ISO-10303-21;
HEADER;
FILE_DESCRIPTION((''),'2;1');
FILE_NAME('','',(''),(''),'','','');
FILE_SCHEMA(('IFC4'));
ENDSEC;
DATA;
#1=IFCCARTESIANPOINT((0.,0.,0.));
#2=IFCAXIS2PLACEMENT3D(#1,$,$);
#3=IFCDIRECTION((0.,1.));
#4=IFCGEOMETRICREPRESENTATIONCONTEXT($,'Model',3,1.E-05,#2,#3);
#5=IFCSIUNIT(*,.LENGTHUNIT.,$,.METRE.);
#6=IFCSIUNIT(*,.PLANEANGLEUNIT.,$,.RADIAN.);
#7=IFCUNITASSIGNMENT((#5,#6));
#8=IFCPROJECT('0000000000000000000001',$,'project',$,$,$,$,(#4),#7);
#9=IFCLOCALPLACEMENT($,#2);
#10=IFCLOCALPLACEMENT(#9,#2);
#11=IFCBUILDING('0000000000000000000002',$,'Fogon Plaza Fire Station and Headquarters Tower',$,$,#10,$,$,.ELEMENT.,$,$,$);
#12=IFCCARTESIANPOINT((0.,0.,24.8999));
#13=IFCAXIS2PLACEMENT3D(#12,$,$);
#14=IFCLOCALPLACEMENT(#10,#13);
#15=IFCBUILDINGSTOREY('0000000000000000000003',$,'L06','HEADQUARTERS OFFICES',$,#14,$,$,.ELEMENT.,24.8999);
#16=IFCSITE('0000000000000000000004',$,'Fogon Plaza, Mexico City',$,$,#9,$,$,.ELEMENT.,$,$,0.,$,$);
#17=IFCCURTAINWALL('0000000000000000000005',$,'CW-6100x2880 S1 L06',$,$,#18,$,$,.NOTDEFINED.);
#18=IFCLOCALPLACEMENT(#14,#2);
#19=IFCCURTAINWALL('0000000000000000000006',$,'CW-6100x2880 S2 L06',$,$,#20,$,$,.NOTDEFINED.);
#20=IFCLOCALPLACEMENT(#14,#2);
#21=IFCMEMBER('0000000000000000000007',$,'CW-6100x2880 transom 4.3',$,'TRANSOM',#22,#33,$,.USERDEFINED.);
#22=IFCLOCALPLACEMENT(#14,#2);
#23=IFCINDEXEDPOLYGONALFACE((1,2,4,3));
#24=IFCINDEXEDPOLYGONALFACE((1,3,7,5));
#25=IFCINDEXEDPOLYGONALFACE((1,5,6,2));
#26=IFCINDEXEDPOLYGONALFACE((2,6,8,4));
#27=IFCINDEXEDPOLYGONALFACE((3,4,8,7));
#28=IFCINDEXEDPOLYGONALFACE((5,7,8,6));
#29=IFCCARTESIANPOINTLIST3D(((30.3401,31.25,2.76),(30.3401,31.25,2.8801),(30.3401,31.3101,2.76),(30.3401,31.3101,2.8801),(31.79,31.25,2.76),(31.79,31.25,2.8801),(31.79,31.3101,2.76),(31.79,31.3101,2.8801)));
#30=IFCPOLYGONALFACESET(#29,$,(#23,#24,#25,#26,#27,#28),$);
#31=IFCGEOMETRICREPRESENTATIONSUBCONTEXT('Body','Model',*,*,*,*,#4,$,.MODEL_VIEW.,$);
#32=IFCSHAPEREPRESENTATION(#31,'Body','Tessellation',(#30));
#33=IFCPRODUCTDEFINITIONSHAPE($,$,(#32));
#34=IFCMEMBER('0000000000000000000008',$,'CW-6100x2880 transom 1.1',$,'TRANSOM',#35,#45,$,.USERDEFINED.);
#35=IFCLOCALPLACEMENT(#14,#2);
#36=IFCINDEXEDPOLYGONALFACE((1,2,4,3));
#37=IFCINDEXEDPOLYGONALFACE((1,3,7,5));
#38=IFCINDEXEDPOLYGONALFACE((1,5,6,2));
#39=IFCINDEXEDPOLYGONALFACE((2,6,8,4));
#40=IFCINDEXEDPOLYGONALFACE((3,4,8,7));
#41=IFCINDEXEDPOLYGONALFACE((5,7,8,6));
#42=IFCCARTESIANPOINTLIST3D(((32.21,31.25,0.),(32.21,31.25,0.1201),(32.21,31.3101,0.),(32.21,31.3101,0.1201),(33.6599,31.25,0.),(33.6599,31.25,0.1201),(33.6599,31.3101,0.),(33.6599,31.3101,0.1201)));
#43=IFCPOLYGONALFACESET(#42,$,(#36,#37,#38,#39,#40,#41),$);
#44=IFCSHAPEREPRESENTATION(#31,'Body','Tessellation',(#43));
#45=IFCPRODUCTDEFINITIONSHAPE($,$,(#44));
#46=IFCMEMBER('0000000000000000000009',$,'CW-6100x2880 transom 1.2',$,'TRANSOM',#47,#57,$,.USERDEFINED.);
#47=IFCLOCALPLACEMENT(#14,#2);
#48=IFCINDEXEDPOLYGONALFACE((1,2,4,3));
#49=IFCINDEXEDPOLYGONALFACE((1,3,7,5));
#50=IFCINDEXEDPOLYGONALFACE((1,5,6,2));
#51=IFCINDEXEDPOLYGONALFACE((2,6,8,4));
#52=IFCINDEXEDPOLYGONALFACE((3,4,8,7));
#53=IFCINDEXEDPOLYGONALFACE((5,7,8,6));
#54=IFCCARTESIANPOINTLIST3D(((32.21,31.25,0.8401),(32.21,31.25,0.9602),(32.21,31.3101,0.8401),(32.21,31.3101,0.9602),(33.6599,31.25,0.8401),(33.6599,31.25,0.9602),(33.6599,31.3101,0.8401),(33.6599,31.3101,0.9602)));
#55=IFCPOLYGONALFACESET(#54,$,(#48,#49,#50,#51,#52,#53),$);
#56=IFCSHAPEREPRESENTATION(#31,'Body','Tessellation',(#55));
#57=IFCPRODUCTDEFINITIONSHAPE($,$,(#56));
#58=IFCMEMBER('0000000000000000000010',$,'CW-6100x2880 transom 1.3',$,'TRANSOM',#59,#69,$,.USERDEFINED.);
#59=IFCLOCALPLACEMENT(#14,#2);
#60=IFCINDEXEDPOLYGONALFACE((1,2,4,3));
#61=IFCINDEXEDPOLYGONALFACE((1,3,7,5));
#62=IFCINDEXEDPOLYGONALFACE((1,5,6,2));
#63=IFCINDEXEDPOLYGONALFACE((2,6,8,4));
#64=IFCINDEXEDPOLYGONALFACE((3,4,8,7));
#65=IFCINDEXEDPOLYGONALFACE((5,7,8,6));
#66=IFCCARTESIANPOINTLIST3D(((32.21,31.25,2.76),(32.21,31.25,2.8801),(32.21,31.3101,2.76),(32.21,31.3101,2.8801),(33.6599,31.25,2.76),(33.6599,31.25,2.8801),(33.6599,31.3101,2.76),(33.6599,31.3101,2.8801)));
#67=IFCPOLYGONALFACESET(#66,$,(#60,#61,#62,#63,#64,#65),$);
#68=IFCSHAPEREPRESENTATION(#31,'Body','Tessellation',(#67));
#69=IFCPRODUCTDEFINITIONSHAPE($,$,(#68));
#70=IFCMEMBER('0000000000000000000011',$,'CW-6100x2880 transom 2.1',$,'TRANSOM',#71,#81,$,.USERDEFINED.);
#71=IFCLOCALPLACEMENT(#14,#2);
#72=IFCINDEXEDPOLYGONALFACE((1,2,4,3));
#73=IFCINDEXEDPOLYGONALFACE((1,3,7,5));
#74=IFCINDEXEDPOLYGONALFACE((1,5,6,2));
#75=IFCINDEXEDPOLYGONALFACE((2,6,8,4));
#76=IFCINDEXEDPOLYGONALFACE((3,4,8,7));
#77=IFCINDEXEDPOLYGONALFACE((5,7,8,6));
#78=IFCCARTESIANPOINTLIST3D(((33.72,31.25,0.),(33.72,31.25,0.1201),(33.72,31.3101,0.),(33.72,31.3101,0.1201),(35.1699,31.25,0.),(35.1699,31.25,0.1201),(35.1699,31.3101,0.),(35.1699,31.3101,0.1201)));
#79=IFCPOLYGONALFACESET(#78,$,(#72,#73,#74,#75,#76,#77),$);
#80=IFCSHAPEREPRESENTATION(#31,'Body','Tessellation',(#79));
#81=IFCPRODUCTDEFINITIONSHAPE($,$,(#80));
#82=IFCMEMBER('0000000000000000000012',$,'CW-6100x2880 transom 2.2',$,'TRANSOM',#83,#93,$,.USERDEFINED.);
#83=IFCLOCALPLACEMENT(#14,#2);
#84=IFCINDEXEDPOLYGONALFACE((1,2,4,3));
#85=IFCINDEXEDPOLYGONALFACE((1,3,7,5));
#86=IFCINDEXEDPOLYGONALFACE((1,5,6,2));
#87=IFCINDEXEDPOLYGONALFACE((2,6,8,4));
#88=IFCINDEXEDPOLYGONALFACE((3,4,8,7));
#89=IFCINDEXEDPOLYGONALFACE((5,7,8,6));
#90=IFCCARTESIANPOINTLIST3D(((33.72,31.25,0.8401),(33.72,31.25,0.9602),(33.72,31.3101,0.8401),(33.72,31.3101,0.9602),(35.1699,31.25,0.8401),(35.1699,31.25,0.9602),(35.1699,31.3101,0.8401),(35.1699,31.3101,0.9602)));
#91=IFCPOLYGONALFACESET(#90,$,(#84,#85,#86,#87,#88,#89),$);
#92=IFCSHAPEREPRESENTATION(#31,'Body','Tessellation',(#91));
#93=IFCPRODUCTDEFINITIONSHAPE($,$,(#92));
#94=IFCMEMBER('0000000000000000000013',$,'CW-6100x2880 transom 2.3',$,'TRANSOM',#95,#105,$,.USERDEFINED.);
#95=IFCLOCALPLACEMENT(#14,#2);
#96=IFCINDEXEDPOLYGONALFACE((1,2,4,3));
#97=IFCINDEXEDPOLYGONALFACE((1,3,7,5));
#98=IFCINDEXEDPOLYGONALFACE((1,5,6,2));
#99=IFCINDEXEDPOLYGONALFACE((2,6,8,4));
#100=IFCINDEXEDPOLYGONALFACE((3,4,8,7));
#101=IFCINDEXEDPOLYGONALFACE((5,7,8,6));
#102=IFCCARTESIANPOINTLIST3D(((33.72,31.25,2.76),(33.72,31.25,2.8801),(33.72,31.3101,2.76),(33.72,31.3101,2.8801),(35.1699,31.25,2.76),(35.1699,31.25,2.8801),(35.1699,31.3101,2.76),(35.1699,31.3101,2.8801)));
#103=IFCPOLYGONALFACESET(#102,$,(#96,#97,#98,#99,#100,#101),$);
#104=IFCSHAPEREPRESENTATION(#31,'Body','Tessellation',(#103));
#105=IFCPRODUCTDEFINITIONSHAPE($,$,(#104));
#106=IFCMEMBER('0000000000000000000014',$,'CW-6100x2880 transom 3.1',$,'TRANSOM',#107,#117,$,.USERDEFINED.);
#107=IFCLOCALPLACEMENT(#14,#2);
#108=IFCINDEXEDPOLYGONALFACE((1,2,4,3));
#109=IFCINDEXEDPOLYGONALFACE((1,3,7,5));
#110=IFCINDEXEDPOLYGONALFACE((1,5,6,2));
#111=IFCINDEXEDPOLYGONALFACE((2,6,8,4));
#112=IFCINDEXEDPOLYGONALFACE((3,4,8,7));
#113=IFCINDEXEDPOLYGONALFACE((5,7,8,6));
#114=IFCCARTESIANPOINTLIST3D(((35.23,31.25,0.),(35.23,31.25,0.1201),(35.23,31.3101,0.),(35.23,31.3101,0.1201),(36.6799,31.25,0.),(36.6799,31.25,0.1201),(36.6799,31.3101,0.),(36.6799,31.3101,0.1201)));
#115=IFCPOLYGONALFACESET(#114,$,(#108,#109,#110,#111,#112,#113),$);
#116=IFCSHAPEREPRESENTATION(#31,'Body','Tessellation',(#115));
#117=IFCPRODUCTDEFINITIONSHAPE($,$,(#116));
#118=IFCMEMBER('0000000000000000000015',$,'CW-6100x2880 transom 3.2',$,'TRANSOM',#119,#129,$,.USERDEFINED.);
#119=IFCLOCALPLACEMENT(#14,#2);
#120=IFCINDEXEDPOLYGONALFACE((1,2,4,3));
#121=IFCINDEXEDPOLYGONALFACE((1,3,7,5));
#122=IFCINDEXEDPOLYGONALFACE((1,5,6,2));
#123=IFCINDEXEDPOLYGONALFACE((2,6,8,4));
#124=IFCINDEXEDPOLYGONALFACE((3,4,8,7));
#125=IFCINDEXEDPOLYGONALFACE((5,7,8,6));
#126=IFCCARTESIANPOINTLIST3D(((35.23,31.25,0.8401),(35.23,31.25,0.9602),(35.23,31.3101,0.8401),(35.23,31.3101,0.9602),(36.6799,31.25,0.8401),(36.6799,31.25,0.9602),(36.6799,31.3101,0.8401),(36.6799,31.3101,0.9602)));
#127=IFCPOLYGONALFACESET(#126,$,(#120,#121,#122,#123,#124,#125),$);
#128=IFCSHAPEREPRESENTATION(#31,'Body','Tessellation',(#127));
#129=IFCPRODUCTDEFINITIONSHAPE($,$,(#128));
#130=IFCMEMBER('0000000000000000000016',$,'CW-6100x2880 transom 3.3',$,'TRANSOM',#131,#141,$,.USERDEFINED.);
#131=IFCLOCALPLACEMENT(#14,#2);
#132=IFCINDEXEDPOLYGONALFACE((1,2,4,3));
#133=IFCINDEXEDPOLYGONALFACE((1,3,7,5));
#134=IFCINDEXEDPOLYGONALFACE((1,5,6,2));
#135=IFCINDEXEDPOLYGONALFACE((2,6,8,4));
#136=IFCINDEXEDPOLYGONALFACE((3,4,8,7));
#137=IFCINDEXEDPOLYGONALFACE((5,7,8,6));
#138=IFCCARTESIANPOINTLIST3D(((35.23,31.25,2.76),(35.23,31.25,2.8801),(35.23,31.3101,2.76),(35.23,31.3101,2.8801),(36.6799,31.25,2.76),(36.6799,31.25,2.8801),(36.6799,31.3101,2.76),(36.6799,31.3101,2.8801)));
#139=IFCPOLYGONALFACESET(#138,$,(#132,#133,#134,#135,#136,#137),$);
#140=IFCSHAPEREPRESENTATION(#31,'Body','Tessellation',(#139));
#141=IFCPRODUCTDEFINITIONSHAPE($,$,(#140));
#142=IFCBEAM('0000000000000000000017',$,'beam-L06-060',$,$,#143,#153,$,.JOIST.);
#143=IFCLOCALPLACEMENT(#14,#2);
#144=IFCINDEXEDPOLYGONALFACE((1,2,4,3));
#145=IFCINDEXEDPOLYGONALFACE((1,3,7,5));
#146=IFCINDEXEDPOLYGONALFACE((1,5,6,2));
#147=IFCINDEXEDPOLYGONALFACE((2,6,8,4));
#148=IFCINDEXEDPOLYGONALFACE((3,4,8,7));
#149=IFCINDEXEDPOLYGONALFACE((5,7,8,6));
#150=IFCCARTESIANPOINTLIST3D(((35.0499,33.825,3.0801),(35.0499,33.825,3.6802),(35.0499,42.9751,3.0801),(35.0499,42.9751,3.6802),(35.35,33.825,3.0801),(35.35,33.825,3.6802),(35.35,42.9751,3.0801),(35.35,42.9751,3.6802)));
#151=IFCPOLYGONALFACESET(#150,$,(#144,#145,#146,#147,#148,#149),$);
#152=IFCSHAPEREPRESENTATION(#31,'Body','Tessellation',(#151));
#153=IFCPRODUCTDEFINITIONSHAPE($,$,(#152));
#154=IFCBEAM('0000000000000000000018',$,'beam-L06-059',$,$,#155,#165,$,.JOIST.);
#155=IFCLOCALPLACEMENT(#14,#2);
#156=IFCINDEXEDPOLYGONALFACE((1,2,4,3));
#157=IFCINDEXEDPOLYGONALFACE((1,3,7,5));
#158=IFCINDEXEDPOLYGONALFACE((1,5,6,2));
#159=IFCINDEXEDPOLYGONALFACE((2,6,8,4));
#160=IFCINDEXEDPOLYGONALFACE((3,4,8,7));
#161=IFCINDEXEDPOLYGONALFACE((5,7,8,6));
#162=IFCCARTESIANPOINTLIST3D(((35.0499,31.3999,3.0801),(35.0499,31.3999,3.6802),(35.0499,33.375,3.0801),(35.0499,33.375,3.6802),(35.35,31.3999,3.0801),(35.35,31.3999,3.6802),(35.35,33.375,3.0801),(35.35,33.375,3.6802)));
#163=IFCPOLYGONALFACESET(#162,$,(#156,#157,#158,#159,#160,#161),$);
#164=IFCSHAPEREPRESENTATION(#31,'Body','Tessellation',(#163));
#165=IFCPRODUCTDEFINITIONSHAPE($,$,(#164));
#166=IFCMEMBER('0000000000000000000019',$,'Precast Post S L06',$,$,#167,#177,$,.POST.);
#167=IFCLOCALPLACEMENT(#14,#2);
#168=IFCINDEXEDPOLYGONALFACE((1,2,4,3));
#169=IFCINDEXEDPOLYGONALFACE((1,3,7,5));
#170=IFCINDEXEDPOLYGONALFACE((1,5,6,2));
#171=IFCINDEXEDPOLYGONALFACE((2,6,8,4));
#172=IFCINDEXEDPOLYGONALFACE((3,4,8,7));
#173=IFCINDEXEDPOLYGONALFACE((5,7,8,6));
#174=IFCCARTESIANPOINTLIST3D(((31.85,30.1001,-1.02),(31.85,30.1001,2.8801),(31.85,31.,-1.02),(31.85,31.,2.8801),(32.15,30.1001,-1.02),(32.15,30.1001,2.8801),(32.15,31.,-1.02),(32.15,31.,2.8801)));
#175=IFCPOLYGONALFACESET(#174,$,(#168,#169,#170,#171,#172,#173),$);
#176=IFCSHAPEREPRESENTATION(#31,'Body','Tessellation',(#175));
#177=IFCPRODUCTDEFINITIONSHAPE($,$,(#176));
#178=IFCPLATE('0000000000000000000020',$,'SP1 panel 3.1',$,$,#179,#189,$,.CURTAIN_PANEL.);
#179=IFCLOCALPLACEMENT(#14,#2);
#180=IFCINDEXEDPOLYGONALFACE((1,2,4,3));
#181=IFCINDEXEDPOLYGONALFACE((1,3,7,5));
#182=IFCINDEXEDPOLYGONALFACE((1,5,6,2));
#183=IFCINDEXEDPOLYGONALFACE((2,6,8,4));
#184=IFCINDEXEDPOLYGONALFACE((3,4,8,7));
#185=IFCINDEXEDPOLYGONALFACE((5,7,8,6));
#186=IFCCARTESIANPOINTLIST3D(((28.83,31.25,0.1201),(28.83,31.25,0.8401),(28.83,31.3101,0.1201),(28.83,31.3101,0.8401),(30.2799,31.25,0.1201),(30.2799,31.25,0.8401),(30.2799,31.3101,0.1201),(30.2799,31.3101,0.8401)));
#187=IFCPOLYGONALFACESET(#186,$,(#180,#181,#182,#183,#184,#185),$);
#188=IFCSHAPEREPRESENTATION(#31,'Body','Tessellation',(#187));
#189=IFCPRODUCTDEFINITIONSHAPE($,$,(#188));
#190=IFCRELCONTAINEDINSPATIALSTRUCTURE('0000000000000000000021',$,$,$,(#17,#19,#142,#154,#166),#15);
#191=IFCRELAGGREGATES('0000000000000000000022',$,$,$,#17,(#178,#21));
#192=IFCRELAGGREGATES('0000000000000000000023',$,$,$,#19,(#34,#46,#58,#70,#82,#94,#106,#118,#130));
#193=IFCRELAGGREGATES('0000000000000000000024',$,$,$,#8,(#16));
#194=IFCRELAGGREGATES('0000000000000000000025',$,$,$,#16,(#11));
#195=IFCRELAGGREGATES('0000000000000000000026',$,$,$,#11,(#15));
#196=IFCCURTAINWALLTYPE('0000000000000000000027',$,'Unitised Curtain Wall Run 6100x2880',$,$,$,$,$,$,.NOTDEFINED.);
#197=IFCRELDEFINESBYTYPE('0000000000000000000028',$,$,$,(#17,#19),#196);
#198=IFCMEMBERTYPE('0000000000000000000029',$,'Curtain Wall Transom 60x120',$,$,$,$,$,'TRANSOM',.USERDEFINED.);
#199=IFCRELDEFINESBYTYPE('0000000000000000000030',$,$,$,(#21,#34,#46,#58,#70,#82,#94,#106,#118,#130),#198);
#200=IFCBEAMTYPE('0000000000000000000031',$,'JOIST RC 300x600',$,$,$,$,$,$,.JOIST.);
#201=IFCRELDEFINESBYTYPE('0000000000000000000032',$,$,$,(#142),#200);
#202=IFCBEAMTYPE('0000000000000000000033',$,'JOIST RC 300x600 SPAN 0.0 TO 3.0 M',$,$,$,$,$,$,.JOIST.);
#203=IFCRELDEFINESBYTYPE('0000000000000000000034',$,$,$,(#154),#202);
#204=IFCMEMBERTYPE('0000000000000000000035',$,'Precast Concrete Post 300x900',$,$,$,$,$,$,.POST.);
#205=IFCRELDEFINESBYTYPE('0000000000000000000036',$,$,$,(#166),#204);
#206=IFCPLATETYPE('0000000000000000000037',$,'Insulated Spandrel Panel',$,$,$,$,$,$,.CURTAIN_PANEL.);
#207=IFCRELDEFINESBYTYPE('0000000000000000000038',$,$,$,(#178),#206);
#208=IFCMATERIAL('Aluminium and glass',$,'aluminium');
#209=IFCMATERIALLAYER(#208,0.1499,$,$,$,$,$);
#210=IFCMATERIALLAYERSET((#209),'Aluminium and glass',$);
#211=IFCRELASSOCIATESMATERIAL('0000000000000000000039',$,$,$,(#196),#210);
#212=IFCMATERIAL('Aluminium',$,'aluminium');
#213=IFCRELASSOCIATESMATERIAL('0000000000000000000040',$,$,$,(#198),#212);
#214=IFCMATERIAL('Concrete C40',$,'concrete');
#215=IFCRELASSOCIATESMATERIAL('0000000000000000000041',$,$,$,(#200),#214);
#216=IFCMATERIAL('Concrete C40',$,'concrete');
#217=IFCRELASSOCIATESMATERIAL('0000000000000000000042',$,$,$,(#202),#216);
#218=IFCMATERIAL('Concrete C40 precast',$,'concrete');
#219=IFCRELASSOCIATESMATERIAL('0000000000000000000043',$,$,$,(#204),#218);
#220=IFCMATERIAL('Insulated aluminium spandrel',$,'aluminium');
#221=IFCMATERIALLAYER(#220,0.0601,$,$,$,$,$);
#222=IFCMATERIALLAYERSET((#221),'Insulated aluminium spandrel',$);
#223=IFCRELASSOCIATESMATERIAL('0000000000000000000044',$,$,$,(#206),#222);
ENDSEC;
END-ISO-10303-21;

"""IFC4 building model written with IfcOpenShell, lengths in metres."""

from ifc_helpers import new_model, si_unit, direction, frame, origin, origin_2d, place, context, subcontext, project, spatial, rectangle, extrude, material, layer, layer_set, material_profile, profile_set, type_object, element, aggregate, save


model = new_model("IFC4")

# Units and contexts
model_context = context("Model", 3, precision=1e-05, world=origin(), true_north=direction((0.0, 1.0)))
body_context = subcontext(model_context, "Body", "Model", "MODEL_VIEW")
ifc_project = project(units=[si_unit("LENGTHUNIT", "METRE"), si_unit("PLANEANGLEUNIT", "RADIAN")], contexts=[model_context])

# Site, building, storey
site_placement = place(None, origin())
site = spatial("IfcSite", under=ifc_project, at=site_placement, Name="Fogon Plaza, Mexico City", CompositionType="ELEMENT", RefElevation=0.0)
building_placement = place(site_placement, origin())
building = spatial("IfcBuilding", under=site, at=building_placement, Name="Fogon Plaza Fire Station and Headquarters Tower", CompositionType="ELEMENT")
storey_placement = place(building_placement, frame((0.0, 0.0, 24.8999)))
storey = spatial("IfcBuildingStorey", under=building, at=storey_placement, Name="L06", Description="HEADQUARTERS OFFICES", CompositionType="ELEMENT", Elevation=24.8999)

# Curtain walls
ifc_material_1 = material(Name="Aluminium and glass", Category="aluminium")
ifc_layer_1 = layer(ifc_material_1, 0.1499)
ifc_layer_set_1 = layer_set([ifc_layer_1], Name="Aluminium and glass")
curtain_wall_type = type_object("IfcCurtainWallType", Name="Unitised Curtain Wall Run 6100x2880", PredefinedType="NOTDEFINED", material=ifc_layer_set_1)
curtain_wall_1_placement = place(storey_placement, origin())
curtain_wall_1 = element("IfcCurtainWall", 1, at=curtain_wall_1_placement, inside=storey, type_object=curtain_wall_type, Name="CW-6100x2880 S1 L06", PredefinedType="NOTDEFINED")
curtain_wall_2_placement = place(storey_placement, origin())
curtain_wall_2 = element("IfcCurtainWall", 2, at=curtain_wall_2_placement, inside=storey, type_object=curtain_wall_type, Name="CW-6100x2880 S2 L06", PredefinedType="NOTDEFINED")

# Members
ifc_material_2 = material(Name="Aluminium", Category="aluminium")
ifc_material_profile_1 = material_profile(ifc_material_2, rectangle(XDim=0.0601, YDim=0.1201, at=origin_2d()), Name="Curtain Wall Transom 60x120")
ifc_profile_set_1 = profile_set([ifc_material_profile_1], Name="Aluminium")
member_type_1 = type_object("IfcMemberType", Name="Curtain Wall Transom 60x120", ElementType="TRANSOM", PredefinedType="USERDEFINED", material=ifc_profile_set_1)
member_1_placement = place(storey_placement, frame((30.3401, 31.28, 2.8201), z_axis=(1.0, 0.0, 0.0), x_axis=(0.0, 1.0, 0.0)))
member_1 = element("IfcMember", 3, at=member_1_placement, type_object=member_type_1, Name="CW-6100x2880 transom 4.3", ObjectType="TRANSOM", PredefinedType="USERDEFINED", context=body_context, shape_type="SweptSolid", body=[
    extrude(rectangle(XDim=0.0601, YDim=0.1201, at=origin_2d()), origin(), (0.0, 0.0, 1.0), 1.45),
])
member_2_placement = place(storey_placement, frame((32.21, 31.28, 0.0601), z_axis=(1.0, 0.0, 0.0), x_axis=(0.0, 1.0, 0.0)))
member_2 = element("IfcMember", 4, at=member_2_placement, type_object=member_type_1, Name="CW-6100x2880 transom 1.1", ObjectType="TRANSOM", PredefinedType="USERDEFINED", context=body_context, shape_type="SweptSolid", body=[
    extrude(rectangle(XDim=0.0601, YDim=0.1201, at=origin_2d()), origin(), (0.0, 0.0, 1.0), 1.45),
])
member_3_placement = place(storey_placement, frame((32.21, 31.28, 0.9001), z_axis=(1.0, 0.0, 0.0), x_axis=(0.0, 1.0, 0.0)))
member_3 = element("IfcMember", 5, at=member_3_placement, type_object=member_type_1, Name="CW-6100x2880 transom 1.2", ObjectType="TRANSOM", PredefinedType="USERDEFINED", context=body_context, shape_type="SweptSolid", body=[
    extrude(rectangle(XDim=0.0601, YDim=0.1201, at=origin_2d()), origin(), (0.0, 0.0, 1.0), 1.45),
])
member_4_placement = place(storey_placement, frame((32.21, 31.28, 2.8201), z_axis=(1.0, 0.0, 0.0), x_axis=(0.0, 1.0, 0.0)))
member_4 = element("IfcMember", 6, at=member_4_placement, type_object=member_type_1, Name="CW-6100x2880 transom 1.3", ObjectType="TRANSOM", PredefinedType="USERDEFINED", context=body_context, shape_type="SweptSolid", body=[
    extrude(rectangle(XDim=0.0601, YDim=0.1201, at=origin_2d()), origin(), (0.0, 0.0, 1.0), 1.45),
])
member_5_placement = place(storey_placement, frame((33.72, 31.28, 0.0601), z_axis=(1.0, 0.0, 0.0), x_axis=(0.0, 1.0, 0.0)))
member_5 = element("IfcMember", 7, at=member_5_placement, type_object=member_type_1, Name="CW-6100x2880 transom 2.1", ObjectType="TRANSOM", PredefinedType="USERDEFINED", context=body_context, shape_type="SweptSolid", body=[
    extrude(rectangle(XDim=0.0601, YDim=0.1201, at=origin_2d()), origin(), (0.0, 0.0, 1.0), 1.45),
])
member_6_placement = place(storey_placement, frame((33.72, 31.28, 0.9001), z_axis=(1.0, 0.0, 0.0), x_axis=(0.0, 1.0, 0.0)))
member_6 = element("IfcMember", 8, at=member_6_placement, type_object=member_type_1, Name="CW-6100x2880 transom 2.2", ObjectType="TRANSOM", PredefinedType="USERDEFINED", context=body_context, shape_type="SweptSolid", body=[
    extrude(rectangle(XDim=0.0601, YDim=0.1201, at=origin_2d()), origin(), (0.0, 0.0, 1.0), 1.45),
])
member_7_placement = place(storey_placement, frame((33.72, 31.28, 2.8201), z_axis=(1.0, 0.0, 0.0), x_axis=(0.0, 1.0, 0.0)))
member_7 = element("IfcMember", 9, at=member_7_placement, type_object=member_type_1, Name="CW-6100x2880 transom 2.3", ObjectType="TRANSOM", PredefinedType="USERDEFINED", context=body_context, shape_type="SweptSolid", body=[
    extrude(rectangle(XDim=0.0601, YDim=0.1201, at=origin_2d()), origin(), (0.0, 0.0, 1.0), 1.45),
])
member_8_placement = place(storey_placement, frame((35.23, 31.28, 0.0601), z_axis=(1.0, 0.0, 0.0), x_axis=(0.0, 1.0, 0.0)))
member_8 = element("IfcMember", 10, at=member_8_placement, type_object=member_type_1, Name="CW-6100x2880 transom 3.1", ObjectType="TRANSOM", PredefinedType="USERDEFINED", context=body_context, shape_type="SweptSolid", body=[
    extrude(rectangle(XDim=0.0601, YDim=0.1201, at=origin_2d()), origin(), (0.0, 0.0, 1.0), 1.45),
])
member_9_placement = place(storey_placement, frame((35.23, 31.28, 0.9001), z_axis=(1.0, 0.0, 0.0), x_axis=(0.0, 1.0, 0.0)))
member_9 = element("IfcMember", 11, at=member_9_placement, type_object=member_type_1, Name="CW-6100x2880 transom 3.2", ObjectType="TRANSOM", PredefinedType="USERDEFINED", context=body_context, shape_type="SweptSolid", body=[
    extrude(rectangle(XDim=0.0601, YDim=0.1201, at=origin_2d()), origin(), (0.0, 0.0, 1.0), 1.45),
])
member_10_placement = place(storey_placement, frame((35.23, 31.28, 2.8201), z_axis=(1.0, 0.0, 0.0), x_axis=(0.0, 1.0, 0.0)))
member_10 = element("IfcMember", 12, at=member_10_placement, type_object=member_type_1, Name="CW-6100x2880 transom 3.3", ObjectType="TRANSOM", PredefinedType="USERDEFINED", context=body_context, shape_type="SweptSolid", body=[
    extrude(rectangle(XDim=0.0601, YDim=0.1201, at=origin_2d()), origin(), (0.0, 0.0, 1.0), 1.45),
])

# Beams
ifc_material_3 = material(Name="Concrete C40", Category="concrete")
ifc_material_profile_2 = material_profile(ifc_material_3, rectangle(XDim=0.3, YDim=0.6001, at=origin_2d()), Name="RC 300x600")
ifc_profile_set_2 = profile_set([ifc_material_profile_2], Name="Concrete C40")
beam_type_1 = type_object("IfcBeamType", Name="JOIST RC 300x600", PredefinedType="JOIST", material=ifc_profile_set_2)
beam_1_placement = place(storey_placement, frame((35.2, 33.825, 3.3801), z_axis=(0.0, 1.0, 0.0), x_axis=(-1.0, 0.0, 0.0)))
element("IfcBeam", 13, at=beam_1_placement, inside=storey, type_object=beam_type_1, Name="beam-L06-060", PredefinedType="JOIST", context=body_context, shape_type="SweptSolid", body=[
    extrude(rectangle(XDim=0.3, YDim=0.6001, at=origin_2d()), origin(), (0.0, 0.0, 1.0), 9.1501),
])
ifc_material_4 = material(Name="Concrete C40", Category="concrete")
ifc_material_profile_3 = material_profile(ifc_material_4, rectangle(XDim=0.3, YDim=0.6001, at=origin_2d()), Name="RC 300x600")
ifc_profile_set_3 = profile_set([ifc_material_profile_3], Name="Concrete C40")
beam_type_2 = type_object("IfcBeamType", Name="JOIST RC 300x600 SPAN 0.0 TO 3.0 M", PredefinedType="JOIST", material=ifc_profile_set_3)
beam_2_placement = place(storey_placement, frame((35.2, 31.3999, 3.3801), z_axis=(0.0, 1.0, 0.0), x_axis=(-1.0, 0.0, 0.0)))
element("IfcBeam", 14, at=beam_2_placement, inside=storey, type_object=beam_type_2, Name="beam-L06-059", PredefinedType="JOIST", context=body_context, shape_type="SweptSolid", body=[
    extrude(rectangle(XDim=0.3, YDim=0.6001, at=origin_2d()), origin(), (0.0, 0.0, 1.0), 1.9751),
])

# Member
ifc_material_5 = material(Name="Concrete C40 precast", Category="concrete")
ifc_material_profile_4 = material_profile(ifc_material_5, rectangle(XDim=0.3, YDim=0.8999, at=origin_2d()), Name="Precast Concrete Post 300x900")
ifc_profile_set_4 = profile_set([ifc_material_profile_4], Name="Concrete C40 precast")
member_type_2 = type_object("IfcMemberType", Name="Precast Concrete Post 300x900", PredefinedType="POST", material=ifc_profile_set_4)
member_11_placement = place(storey_placement, frame((32.0, 30.55, -1.02), z_axis=(0.0, 0.0, 1.0), x_axis=(1.0, 0.0, 0.0)))
element("IfcMember", 15, at=member_11_placement, inside=storey, type_object=member_type_2, Name="Precast Post S L06", PredefinedType="POST", context=body_context, shape_type="SweptSolid", body=[
    extrude(rectangle(XDim=0.3, YDim=0.8999, at=origin_2d()), origin(), (0.0, 0.0, 1.0), 3.9001),
])

# Plate
ifc_material_6 = material(Name="Insulated aluminium spandrel", Category="aluminium")
ifc_layer_2 = layer(ifc_material_6, 0.0601)
ifc_layer_set_2 = layer_set([ifc_layer_2], Name="Insulated aluminium spandrel")
plate_type_1 = type_object("IfcPlateType", Name="Insulated Spandrel Panel", PredefinedType="CURTAIN_PANEL", material=ifc_layer_set_2)
plate_1_placement = place(storey_placement, frame((29.5549, 31.28, 0.1201), z_axis=(0.0, 0.0, 1.0), x_axis=(1.0, 0.0, 0.0)))
plate_1 = element("IfcPlate", 16, at=plate_1_placement, type_object=plate_type_1, Name="SP1 panel 3.1", PredefinedType="CURTAIN_PANEL", context=body_context, shape_type="SweptSolid", body=[
    extrude(rectangle(XDim=1.45, YDim=0.0601, at=origin_2d()), origin(), (0.0, 0.0, 1.0), 0.72),
])
aggregate(curtain_wall_1, [plate_1, member_1])
aggregate(curtain_wall_2, [member_2, member_3, member_4, member_5, member_6, member_7, member_8, member_9, member_10])

save(model, "model.ifc")
